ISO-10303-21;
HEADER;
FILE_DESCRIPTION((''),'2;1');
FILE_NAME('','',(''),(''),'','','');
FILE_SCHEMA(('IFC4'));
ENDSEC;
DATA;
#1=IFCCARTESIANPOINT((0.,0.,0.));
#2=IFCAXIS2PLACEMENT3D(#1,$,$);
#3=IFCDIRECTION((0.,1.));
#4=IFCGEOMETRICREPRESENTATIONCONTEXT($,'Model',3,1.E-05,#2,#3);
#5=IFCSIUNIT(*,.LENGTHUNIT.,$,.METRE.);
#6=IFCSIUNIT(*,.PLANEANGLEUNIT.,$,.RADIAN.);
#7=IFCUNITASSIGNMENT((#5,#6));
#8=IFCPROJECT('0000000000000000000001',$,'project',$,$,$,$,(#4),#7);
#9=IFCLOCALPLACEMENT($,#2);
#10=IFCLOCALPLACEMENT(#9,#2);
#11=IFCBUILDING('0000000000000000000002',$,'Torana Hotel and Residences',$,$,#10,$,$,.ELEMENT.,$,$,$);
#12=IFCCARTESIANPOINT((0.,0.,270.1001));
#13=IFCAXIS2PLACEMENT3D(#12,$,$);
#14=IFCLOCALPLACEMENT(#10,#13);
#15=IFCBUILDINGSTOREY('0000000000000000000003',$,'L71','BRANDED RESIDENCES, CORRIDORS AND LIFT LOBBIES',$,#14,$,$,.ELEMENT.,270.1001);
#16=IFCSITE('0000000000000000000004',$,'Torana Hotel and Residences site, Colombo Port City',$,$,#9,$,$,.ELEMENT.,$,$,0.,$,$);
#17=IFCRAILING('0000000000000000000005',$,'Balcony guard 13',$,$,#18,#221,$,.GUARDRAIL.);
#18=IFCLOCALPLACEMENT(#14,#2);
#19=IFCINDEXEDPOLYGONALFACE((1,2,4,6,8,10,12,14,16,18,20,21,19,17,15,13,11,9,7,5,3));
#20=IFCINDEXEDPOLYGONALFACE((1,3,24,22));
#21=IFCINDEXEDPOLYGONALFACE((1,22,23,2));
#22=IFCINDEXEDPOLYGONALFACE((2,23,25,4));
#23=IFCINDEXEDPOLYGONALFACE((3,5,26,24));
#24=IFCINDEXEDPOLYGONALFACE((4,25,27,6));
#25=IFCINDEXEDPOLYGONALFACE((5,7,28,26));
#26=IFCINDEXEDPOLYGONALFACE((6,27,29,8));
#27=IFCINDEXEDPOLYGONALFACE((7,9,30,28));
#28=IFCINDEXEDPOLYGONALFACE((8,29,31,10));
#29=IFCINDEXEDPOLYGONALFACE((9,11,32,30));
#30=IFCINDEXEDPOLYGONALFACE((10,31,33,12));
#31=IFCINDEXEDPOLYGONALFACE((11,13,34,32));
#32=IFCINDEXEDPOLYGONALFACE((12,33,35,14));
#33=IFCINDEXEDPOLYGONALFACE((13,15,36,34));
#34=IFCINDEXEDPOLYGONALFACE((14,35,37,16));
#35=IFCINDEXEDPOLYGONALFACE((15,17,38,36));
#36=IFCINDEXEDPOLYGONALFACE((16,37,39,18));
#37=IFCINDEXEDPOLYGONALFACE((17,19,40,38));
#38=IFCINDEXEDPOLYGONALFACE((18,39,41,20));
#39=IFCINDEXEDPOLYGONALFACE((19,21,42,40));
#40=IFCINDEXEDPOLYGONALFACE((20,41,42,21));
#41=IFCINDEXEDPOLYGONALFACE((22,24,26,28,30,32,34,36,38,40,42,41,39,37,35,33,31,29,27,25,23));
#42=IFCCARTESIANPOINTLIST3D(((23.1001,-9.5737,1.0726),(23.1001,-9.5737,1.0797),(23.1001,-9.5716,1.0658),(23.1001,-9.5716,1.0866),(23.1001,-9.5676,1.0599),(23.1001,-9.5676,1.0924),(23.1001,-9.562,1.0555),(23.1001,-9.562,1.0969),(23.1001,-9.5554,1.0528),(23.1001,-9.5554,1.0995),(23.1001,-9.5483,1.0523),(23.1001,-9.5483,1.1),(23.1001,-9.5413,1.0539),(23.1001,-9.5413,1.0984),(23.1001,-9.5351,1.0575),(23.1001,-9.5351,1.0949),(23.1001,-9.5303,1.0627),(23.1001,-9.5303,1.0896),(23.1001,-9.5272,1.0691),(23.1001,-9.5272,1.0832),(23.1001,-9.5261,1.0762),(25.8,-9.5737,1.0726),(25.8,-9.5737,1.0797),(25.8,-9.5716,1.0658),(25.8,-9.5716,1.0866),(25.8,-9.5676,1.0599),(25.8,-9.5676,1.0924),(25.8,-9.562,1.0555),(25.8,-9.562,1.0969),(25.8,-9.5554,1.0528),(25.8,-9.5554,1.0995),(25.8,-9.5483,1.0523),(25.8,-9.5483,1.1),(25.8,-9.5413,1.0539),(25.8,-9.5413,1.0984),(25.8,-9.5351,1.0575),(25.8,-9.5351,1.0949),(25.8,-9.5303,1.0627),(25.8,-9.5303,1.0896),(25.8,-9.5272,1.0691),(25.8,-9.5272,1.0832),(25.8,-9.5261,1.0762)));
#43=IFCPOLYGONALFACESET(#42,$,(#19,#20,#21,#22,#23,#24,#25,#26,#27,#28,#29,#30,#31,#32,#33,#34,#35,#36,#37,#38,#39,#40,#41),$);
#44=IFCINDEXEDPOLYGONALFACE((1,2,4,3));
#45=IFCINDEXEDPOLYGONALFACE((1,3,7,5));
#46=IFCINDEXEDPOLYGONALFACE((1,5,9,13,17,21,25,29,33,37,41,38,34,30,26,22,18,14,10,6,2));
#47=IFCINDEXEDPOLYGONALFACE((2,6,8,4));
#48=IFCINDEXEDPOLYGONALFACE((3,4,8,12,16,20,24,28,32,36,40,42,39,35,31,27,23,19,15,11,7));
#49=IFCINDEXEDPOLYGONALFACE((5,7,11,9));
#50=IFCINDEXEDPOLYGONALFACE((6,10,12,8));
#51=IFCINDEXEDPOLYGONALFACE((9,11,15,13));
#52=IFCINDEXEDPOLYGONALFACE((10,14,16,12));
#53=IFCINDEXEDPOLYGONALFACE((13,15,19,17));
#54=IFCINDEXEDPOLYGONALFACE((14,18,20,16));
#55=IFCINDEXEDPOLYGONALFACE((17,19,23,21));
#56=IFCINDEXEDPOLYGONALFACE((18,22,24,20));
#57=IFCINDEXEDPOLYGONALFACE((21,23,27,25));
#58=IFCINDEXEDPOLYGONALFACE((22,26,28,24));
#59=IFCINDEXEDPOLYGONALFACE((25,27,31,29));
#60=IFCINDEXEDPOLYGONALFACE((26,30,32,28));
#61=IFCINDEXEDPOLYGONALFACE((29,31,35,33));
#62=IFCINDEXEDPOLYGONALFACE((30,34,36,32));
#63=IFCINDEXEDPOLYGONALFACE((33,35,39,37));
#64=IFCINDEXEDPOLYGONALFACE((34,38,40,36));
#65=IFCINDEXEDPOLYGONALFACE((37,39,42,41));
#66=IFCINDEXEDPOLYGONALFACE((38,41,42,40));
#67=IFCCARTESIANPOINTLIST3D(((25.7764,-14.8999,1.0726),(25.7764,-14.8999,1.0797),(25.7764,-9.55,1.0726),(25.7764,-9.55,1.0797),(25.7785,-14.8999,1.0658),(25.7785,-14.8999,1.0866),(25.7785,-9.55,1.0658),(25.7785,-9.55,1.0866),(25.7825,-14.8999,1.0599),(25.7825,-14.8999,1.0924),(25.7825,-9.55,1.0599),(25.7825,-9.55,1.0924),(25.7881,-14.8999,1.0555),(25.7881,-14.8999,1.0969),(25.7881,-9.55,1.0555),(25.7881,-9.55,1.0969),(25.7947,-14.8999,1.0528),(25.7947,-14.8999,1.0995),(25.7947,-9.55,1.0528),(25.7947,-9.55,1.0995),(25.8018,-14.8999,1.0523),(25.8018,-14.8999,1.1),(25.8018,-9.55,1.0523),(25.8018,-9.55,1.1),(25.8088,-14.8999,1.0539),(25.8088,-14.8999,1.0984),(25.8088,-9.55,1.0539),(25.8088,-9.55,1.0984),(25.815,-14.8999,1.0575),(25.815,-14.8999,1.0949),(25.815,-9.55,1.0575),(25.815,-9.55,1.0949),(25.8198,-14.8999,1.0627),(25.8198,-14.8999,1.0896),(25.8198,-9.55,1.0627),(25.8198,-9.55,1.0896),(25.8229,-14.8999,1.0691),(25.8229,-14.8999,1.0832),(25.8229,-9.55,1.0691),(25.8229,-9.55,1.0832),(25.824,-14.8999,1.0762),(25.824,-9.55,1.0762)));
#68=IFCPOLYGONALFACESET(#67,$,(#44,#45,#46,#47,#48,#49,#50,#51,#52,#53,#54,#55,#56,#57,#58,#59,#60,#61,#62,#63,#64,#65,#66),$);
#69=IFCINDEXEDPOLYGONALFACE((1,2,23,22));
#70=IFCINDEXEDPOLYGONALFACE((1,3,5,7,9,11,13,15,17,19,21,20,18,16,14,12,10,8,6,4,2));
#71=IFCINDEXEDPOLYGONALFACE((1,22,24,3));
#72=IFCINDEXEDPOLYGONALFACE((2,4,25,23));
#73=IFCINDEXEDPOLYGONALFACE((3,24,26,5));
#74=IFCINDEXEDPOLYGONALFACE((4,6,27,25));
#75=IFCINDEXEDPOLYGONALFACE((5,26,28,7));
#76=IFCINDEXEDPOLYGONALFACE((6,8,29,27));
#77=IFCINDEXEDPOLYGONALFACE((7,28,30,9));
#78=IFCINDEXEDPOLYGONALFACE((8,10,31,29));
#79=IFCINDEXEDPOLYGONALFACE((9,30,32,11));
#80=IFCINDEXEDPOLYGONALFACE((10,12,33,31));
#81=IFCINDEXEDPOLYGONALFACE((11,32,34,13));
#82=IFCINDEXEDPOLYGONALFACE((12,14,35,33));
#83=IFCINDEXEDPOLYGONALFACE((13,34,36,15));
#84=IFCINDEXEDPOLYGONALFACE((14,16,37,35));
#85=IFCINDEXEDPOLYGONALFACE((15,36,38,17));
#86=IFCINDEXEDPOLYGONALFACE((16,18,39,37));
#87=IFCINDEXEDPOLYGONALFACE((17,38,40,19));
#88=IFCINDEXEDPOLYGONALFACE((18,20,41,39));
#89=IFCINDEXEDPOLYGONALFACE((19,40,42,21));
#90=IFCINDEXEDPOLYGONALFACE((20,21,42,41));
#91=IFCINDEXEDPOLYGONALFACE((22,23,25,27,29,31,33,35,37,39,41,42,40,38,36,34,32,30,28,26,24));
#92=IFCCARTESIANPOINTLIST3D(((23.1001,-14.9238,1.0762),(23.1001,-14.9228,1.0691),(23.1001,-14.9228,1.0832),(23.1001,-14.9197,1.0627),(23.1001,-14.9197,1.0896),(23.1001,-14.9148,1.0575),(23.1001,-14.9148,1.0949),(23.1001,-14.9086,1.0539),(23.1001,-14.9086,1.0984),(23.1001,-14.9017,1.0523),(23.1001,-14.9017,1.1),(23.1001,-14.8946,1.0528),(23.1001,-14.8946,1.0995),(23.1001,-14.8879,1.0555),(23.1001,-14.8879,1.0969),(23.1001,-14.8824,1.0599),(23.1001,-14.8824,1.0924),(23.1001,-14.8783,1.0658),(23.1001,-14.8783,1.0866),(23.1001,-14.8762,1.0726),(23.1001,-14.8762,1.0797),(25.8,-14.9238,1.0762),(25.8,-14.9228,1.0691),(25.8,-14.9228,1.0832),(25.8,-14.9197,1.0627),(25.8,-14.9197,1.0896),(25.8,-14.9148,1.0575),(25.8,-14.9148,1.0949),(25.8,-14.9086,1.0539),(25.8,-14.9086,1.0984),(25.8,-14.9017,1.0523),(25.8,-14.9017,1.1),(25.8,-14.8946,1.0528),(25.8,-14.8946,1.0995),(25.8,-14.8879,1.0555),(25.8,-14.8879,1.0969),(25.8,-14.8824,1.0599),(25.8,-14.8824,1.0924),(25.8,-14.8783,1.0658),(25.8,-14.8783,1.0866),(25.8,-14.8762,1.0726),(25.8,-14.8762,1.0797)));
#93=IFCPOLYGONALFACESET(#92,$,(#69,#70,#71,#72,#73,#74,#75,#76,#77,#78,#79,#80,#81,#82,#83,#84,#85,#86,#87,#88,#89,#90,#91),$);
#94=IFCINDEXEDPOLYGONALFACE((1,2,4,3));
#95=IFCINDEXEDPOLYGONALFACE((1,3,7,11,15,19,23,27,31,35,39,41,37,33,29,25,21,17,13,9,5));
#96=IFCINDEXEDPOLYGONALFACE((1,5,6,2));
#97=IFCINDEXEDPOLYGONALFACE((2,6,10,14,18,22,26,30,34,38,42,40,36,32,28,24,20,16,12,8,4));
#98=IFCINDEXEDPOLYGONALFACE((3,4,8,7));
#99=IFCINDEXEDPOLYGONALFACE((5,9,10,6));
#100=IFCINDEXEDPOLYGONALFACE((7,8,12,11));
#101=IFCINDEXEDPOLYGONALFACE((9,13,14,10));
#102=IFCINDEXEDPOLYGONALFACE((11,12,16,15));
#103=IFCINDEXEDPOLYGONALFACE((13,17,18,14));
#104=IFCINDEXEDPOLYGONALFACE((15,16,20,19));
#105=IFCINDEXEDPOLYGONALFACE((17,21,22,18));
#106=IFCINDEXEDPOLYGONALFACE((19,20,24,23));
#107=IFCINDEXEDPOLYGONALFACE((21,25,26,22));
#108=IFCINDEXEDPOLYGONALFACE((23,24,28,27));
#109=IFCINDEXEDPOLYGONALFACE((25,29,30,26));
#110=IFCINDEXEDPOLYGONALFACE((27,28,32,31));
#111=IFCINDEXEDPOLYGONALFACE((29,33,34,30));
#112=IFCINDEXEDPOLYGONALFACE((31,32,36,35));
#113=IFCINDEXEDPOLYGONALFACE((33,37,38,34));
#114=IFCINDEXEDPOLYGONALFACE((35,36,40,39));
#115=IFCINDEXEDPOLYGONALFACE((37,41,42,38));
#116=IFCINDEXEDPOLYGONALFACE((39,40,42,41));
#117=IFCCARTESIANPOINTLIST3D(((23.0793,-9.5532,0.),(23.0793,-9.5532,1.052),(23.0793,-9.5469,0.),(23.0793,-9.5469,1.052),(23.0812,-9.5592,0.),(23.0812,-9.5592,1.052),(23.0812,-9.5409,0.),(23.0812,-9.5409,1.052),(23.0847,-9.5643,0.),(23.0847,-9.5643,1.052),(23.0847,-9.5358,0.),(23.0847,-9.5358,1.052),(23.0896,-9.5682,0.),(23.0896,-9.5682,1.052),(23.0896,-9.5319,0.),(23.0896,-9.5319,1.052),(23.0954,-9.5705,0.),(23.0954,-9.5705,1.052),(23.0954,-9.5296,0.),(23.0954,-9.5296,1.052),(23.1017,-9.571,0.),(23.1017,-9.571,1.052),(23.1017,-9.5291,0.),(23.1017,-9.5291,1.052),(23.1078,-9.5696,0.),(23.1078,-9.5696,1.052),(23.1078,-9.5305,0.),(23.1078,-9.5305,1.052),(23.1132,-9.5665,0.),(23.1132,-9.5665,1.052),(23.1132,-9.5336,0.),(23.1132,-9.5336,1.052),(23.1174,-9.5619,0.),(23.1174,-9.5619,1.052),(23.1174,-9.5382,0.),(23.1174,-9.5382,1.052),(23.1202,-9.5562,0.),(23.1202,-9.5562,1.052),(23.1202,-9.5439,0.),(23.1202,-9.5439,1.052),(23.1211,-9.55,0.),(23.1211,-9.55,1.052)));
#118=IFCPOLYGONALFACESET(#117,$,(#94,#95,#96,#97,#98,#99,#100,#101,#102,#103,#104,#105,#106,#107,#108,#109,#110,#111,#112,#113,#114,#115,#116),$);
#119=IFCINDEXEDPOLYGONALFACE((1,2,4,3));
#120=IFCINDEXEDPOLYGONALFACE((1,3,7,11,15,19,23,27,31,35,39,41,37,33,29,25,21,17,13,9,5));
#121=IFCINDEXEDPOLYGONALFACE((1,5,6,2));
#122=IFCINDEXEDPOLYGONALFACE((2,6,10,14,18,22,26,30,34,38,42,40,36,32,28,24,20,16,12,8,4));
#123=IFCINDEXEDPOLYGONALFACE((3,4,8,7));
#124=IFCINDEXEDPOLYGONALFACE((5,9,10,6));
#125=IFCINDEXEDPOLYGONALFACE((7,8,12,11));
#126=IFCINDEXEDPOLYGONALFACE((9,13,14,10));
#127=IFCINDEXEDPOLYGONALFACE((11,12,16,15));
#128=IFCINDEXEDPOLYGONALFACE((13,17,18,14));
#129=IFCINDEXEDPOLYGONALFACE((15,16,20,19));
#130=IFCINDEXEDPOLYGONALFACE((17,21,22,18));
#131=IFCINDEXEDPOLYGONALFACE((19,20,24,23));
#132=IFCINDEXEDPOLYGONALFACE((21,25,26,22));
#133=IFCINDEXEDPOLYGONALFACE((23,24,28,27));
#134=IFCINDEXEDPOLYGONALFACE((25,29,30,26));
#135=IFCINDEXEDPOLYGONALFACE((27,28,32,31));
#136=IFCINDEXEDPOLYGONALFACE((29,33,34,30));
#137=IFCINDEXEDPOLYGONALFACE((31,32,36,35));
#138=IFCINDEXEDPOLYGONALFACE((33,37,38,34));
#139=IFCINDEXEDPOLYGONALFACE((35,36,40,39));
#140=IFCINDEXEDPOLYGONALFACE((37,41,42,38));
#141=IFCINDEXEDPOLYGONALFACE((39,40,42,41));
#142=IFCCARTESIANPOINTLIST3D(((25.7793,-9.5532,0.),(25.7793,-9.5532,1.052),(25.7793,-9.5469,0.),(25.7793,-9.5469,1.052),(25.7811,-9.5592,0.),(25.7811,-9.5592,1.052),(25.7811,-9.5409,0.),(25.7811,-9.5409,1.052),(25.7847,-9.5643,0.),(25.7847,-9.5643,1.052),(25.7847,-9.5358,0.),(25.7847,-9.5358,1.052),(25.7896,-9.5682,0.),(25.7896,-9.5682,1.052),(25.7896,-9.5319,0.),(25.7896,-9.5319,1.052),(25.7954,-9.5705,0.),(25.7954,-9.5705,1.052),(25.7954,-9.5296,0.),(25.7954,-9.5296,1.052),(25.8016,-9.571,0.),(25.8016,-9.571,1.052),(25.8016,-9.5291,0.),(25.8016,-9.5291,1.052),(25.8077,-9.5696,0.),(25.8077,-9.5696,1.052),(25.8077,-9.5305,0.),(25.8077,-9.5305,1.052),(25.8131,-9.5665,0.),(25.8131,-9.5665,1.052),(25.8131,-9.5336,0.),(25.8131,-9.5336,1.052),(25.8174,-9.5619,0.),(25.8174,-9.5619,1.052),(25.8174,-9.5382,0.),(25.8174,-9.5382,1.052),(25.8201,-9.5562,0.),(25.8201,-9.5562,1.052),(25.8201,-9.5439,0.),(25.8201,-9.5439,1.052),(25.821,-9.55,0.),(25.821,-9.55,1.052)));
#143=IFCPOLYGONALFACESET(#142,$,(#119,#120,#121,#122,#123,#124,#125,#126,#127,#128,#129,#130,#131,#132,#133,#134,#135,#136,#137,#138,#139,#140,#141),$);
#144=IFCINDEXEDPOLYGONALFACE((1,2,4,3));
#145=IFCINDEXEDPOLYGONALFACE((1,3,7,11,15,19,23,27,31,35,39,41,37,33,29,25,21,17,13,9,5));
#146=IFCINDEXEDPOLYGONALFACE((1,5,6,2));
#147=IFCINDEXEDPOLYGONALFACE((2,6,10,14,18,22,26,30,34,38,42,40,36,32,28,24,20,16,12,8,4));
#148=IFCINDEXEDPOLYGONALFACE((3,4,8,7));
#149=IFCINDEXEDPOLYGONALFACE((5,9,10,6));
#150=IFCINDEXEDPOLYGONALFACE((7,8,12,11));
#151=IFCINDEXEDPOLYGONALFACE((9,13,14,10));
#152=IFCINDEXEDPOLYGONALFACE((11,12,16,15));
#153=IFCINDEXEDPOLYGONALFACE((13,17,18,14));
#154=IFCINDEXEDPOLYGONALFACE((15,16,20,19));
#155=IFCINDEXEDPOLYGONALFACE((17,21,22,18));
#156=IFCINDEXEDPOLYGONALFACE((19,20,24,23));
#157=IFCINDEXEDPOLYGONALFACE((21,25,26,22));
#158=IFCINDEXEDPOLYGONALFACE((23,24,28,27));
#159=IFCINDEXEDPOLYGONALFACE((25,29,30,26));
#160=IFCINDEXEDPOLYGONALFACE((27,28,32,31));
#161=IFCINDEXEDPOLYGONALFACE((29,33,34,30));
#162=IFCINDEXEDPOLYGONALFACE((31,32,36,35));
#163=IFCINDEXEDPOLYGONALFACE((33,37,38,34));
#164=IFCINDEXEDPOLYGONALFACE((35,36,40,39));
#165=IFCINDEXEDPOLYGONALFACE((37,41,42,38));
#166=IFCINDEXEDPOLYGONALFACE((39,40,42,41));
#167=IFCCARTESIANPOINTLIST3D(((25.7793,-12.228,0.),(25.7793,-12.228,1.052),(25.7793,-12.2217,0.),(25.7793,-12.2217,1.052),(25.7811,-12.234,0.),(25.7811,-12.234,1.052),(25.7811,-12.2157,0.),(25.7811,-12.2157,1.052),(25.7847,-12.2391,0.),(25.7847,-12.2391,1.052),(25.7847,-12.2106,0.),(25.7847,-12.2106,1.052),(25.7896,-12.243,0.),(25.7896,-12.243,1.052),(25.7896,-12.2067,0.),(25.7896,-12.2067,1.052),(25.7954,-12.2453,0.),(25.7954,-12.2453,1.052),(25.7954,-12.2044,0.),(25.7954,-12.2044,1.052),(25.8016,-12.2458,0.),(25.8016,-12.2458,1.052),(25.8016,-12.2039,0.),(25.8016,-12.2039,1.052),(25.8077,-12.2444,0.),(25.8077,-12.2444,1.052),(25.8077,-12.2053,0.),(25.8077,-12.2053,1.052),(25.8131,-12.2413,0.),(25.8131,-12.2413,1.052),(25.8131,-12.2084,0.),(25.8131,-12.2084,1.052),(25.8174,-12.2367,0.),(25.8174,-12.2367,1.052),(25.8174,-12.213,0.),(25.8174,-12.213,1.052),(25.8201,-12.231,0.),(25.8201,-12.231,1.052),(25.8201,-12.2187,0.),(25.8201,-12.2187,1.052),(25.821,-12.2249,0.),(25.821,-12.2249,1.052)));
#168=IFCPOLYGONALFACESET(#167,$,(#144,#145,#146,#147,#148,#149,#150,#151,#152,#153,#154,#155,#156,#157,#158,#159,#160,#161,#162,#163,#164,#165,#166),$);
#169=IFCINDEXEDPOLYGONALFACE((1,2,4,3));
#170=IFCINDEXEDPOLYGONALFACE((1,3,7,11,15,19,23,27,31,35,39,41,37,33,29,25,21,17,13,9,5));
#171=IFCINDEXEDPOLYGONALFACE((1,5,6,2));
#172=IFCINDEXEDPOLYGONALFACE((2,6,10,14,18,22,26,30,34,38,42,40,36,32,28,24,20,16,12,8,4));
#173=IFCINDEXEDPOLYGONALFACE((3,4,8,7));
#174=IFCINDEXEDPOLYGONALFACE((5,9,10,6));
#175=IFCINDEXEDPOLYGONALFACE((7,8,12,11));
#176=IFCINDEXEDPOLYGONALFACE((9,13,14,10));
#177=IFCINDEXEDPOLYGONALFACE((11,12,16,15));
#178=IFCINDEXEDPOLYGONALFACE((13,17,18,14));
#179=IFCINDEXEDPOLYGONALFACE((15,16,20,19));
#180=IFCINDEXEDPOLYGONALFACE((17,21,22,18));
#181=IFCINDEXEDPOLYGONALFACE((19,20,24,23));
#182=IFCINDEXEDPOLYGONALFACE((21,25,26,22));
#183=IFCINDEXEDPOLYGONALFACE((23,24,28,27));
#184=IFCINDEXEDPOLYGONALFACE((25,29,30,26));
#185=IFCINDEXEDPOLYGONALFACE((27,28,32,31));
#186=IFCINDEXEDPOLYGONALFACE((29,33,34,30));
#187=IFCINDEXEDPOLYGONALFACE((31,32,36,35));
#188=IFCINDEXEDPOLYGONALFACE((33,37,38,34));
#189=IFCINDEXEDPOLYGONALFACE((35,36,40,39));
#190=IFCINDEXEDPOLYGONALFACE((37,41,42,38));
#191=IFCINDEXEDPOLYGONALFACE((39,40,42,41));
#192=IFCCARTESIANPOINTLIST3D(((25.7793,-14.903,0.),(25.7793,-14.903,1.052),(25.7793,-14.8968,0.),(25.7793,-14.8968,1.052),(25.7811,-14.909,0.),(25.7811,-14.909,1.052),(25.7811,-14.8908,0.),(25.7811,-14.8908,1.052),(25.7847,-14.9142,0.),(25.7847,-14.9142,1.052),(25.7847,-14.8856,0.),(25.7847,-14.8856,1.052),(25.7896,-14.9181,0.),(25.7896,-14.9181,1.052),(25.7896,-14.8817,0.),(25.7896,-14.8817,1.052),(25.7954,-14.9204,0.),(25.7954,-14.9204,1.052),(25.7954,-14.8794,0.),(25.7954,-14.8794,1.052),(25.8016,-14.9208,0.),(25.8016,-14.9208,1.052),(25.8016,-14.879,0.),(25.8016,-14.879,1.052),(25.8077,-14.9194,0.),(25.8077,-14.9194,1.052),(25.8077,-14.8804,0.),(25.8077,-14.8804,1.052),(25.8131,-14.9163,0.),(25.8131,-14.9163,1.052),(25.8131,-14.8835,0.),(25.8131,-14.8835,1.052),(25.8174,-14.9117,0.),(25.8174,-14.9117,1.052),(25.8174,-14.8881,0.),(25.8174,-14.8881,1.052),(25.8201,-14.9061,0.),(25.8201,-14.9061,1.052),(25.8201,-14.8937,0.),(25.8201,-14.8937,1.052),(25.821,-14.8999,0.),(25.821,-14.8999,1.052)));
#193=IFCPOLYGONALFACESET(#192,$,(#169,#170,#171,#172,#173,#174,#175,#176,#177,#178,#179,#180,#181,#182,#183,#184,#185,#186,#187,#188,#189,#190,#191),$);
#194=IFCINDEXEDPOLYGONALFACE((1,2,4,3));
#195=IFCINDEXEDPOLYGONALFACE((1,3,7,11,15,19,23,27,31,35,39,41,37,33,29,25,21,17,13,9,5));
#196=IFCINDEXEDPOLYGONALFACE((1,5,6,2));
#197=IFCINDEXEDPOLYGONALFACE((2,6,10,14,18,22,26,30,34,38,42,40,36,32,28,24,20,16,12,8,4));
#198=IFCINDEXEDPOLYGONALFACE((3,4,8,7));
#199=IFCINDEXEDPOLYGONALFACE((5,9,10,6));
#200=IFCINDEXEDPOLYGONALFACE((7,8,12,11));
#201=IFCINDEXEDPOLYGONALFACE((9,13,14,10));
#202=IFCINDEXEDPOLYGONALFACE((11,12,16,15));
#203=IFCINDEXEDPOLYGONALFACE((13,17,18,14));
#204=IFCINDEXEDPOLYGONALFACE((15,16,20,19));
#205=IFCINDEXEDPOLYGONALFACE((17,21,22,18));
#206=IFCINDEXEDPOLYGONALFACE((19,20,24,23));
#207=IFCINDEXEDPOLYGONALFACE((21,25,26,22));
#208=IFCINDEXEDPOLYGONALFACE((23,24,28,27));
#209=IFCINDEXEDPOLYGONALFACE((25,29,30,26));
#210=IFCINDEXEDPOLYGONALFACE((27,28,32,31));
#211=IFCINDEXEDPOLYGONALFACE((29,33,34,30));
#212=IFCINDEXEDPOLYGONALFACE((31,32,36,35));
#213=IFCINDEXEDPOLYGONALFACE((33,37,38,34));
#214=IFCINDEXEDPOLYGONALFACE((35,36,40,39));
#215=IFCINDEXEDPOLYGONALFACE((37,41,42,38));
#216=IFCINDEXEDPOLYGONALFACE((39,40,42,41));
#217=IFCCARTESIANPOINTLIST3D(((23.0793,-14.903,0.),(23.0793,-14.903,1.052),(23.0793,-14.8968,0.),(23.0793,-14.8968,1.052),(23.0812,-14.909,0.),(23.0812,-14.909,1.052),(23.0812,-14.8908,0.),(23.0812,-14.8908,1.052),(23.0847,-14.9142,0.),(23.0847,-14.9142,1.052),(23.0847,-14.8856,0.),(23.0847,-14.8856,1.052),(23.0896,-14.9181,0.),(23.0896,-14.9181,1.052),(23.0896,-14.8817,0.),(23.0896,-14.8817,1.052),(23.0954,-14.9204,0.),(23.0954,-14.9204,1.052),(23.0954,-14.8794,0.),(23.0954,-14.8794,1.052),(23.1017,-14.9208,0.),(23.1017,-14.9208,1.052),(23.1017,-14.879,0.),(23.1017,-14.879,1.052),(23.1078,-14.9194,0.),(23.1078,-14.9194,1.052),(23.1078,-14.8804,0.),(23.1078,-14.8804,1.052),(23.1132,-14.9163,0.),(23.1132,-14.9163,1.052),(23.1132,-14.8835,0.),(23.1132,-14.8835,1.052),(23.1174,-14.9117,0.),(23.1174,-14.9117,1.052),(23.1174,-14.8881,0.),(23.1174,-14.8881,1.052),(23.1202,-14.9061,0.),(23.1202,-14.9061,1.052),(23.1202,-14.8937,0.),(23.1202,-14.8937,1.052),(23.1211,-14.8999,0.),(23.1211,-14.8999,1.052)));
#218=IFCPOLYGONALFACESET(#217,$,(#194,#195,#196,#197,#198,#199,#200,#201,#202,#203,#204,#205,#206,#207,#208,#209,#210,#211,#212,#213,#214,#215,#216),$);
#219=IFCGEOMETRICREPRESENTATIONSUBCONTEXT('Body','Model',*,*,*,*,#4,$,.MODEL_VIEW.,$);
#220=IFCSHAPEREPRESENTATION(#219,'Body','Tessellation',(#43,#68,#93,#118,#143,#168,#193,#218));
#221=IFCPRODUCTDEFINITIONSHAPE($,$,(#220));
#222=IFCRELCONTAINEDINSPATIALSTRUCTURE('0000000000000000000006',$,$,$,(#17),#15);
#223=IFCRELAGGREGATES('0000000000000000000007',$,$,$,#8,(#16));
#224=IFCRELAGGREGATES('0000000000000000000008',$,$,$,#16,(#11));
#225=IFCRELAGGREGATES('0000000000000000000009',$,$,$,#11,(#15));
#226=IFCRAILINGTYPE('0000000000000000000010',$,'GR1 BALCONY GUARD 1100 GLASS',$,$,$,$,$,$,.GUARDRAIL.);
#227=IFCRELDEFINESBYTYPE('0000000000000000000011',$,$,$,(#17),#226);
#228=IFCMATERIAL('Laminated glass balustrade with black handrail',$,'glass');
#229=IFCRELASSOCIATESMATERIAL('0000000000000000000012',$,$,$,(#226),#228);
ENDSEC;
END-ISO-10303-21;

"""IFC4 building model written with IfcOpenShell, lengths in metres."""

from ifc_helpers import new_model, si_unit, direction, frame, origin, origin_2d, place, context, subcontext, project, spatial, circle, extrude, material, type_object, element, save


model = new_model("IFC4")

# Units and contexts
model_context = context("Model", 3, precision=1e-05, world=origin(), true_north=direction((0.0, 1.0)))
body_context = subcontext(model_context, "Body", "Model", "MODEL_VIEW")
ifc_project = project(units=[si_unit("LENGTHUNIT", "METRE"), si_unit("PLANEANGLEUNIT", "RADIAN")], contexts=[model_context])

# Site, building, storey
site_placement = place(None, origin())
site = spatial("IfcSite", under=ifc_project, at=site_placement, Name="Torana Hotel and Residences site, Colombo Port City", CompositionType="ELEMENT", RefElevation=0.0)
building_placement = place(site_placement, origin())
building = spatial("IfcBuilding", under=site, at=building_placement, Name="Torana Hotel and Residences", CompositionType="ELEMENT")
storey_placement = place(building_placement, frame((0.0, 0.0, 270.1001)))
storey = spatial("IfcBuildingStorey", under=building, at=storey_placement, Name="L71", Description="BRANDED RESIDENCES, CORRIDORS AND LIFT LOBBIES", CompositionType="ELEMENT", Elevation=270.1001)

# Railing
ifc_material_1 = material(Name="Laminated glass balustrade with black handrail", Category="glass")
railing_type = type_object("IfcRailingType", Name="GR1 BALCONY GUARD 1100 GLASS", PredefinedType="GUARDRAIL", material=ifc_material_1)
railing_1_placement = place(storey_placement, frame((23.1001, -9.55, 0.0)))
element("IfcRailing", 1, at=railing_1_placement, inside=storey, type_object=railing_type, Name="Balcony guard 13", PredefinedType="GUARDRAIL", context=body_context, shape_type="SweptSolid", body=[
    extrude(circle(Radius=0.0239, at=origin_2d()), frame((0.0, 0.0, 1.0762), z_axis=(1.0, 0.0, 0.0), x_axis=(0.0, 1.0, 0.0)), (0.0, 0.0, 1.0), 2.7),
    extrude(circle(Radius=0.0239, at=origin_2d()), frame((2.7, 0.0, 1.0762), z_axis=(0.0, -1.0, 0.0), x_axis=(1.0, 0.0, 0.0)), (0.0, 0.0, 1.0), 5.3499),
    extrude(circle(Radius=0.0239, at=origin_2d()), frame((2.7, -5.3499, 1.0762), z_axis=(-1.0, 0.0, 0.0), x_axis=(0.0, -1.0, 0.0)), (0.0, 0.0, 1.0), 2.7),
    extrude(circle(Radius=0.021, at=origin_2d()), origin(), (0.0, 0.0, 1.0), 1.052),
    extrude(circle(Radius=0.021, at=origin_2d()), frame((2.7, 0.0, 0.0)), (0.0, 0.0, 1.0), 1.052),
    extrude(circle(Radius=0.021, at=origin_2d()), frame((2.7, -2.6748, 0.0)), (0.0, 0.0, 1.0), 1.052),
    extrude(circle(Radius=0.021, at=origin_2d()), frame((2.7, -5.3499, 0.0)), (0.0, 0.0, 1.0), 1.052),
    extrude(circle(Radius=0.021, at=origin_2d()), frame((0.0, -5.3499, 0.0)), (0.0, 0.0, 1.0), 1.052),
])

save(model, "model.ifc")
